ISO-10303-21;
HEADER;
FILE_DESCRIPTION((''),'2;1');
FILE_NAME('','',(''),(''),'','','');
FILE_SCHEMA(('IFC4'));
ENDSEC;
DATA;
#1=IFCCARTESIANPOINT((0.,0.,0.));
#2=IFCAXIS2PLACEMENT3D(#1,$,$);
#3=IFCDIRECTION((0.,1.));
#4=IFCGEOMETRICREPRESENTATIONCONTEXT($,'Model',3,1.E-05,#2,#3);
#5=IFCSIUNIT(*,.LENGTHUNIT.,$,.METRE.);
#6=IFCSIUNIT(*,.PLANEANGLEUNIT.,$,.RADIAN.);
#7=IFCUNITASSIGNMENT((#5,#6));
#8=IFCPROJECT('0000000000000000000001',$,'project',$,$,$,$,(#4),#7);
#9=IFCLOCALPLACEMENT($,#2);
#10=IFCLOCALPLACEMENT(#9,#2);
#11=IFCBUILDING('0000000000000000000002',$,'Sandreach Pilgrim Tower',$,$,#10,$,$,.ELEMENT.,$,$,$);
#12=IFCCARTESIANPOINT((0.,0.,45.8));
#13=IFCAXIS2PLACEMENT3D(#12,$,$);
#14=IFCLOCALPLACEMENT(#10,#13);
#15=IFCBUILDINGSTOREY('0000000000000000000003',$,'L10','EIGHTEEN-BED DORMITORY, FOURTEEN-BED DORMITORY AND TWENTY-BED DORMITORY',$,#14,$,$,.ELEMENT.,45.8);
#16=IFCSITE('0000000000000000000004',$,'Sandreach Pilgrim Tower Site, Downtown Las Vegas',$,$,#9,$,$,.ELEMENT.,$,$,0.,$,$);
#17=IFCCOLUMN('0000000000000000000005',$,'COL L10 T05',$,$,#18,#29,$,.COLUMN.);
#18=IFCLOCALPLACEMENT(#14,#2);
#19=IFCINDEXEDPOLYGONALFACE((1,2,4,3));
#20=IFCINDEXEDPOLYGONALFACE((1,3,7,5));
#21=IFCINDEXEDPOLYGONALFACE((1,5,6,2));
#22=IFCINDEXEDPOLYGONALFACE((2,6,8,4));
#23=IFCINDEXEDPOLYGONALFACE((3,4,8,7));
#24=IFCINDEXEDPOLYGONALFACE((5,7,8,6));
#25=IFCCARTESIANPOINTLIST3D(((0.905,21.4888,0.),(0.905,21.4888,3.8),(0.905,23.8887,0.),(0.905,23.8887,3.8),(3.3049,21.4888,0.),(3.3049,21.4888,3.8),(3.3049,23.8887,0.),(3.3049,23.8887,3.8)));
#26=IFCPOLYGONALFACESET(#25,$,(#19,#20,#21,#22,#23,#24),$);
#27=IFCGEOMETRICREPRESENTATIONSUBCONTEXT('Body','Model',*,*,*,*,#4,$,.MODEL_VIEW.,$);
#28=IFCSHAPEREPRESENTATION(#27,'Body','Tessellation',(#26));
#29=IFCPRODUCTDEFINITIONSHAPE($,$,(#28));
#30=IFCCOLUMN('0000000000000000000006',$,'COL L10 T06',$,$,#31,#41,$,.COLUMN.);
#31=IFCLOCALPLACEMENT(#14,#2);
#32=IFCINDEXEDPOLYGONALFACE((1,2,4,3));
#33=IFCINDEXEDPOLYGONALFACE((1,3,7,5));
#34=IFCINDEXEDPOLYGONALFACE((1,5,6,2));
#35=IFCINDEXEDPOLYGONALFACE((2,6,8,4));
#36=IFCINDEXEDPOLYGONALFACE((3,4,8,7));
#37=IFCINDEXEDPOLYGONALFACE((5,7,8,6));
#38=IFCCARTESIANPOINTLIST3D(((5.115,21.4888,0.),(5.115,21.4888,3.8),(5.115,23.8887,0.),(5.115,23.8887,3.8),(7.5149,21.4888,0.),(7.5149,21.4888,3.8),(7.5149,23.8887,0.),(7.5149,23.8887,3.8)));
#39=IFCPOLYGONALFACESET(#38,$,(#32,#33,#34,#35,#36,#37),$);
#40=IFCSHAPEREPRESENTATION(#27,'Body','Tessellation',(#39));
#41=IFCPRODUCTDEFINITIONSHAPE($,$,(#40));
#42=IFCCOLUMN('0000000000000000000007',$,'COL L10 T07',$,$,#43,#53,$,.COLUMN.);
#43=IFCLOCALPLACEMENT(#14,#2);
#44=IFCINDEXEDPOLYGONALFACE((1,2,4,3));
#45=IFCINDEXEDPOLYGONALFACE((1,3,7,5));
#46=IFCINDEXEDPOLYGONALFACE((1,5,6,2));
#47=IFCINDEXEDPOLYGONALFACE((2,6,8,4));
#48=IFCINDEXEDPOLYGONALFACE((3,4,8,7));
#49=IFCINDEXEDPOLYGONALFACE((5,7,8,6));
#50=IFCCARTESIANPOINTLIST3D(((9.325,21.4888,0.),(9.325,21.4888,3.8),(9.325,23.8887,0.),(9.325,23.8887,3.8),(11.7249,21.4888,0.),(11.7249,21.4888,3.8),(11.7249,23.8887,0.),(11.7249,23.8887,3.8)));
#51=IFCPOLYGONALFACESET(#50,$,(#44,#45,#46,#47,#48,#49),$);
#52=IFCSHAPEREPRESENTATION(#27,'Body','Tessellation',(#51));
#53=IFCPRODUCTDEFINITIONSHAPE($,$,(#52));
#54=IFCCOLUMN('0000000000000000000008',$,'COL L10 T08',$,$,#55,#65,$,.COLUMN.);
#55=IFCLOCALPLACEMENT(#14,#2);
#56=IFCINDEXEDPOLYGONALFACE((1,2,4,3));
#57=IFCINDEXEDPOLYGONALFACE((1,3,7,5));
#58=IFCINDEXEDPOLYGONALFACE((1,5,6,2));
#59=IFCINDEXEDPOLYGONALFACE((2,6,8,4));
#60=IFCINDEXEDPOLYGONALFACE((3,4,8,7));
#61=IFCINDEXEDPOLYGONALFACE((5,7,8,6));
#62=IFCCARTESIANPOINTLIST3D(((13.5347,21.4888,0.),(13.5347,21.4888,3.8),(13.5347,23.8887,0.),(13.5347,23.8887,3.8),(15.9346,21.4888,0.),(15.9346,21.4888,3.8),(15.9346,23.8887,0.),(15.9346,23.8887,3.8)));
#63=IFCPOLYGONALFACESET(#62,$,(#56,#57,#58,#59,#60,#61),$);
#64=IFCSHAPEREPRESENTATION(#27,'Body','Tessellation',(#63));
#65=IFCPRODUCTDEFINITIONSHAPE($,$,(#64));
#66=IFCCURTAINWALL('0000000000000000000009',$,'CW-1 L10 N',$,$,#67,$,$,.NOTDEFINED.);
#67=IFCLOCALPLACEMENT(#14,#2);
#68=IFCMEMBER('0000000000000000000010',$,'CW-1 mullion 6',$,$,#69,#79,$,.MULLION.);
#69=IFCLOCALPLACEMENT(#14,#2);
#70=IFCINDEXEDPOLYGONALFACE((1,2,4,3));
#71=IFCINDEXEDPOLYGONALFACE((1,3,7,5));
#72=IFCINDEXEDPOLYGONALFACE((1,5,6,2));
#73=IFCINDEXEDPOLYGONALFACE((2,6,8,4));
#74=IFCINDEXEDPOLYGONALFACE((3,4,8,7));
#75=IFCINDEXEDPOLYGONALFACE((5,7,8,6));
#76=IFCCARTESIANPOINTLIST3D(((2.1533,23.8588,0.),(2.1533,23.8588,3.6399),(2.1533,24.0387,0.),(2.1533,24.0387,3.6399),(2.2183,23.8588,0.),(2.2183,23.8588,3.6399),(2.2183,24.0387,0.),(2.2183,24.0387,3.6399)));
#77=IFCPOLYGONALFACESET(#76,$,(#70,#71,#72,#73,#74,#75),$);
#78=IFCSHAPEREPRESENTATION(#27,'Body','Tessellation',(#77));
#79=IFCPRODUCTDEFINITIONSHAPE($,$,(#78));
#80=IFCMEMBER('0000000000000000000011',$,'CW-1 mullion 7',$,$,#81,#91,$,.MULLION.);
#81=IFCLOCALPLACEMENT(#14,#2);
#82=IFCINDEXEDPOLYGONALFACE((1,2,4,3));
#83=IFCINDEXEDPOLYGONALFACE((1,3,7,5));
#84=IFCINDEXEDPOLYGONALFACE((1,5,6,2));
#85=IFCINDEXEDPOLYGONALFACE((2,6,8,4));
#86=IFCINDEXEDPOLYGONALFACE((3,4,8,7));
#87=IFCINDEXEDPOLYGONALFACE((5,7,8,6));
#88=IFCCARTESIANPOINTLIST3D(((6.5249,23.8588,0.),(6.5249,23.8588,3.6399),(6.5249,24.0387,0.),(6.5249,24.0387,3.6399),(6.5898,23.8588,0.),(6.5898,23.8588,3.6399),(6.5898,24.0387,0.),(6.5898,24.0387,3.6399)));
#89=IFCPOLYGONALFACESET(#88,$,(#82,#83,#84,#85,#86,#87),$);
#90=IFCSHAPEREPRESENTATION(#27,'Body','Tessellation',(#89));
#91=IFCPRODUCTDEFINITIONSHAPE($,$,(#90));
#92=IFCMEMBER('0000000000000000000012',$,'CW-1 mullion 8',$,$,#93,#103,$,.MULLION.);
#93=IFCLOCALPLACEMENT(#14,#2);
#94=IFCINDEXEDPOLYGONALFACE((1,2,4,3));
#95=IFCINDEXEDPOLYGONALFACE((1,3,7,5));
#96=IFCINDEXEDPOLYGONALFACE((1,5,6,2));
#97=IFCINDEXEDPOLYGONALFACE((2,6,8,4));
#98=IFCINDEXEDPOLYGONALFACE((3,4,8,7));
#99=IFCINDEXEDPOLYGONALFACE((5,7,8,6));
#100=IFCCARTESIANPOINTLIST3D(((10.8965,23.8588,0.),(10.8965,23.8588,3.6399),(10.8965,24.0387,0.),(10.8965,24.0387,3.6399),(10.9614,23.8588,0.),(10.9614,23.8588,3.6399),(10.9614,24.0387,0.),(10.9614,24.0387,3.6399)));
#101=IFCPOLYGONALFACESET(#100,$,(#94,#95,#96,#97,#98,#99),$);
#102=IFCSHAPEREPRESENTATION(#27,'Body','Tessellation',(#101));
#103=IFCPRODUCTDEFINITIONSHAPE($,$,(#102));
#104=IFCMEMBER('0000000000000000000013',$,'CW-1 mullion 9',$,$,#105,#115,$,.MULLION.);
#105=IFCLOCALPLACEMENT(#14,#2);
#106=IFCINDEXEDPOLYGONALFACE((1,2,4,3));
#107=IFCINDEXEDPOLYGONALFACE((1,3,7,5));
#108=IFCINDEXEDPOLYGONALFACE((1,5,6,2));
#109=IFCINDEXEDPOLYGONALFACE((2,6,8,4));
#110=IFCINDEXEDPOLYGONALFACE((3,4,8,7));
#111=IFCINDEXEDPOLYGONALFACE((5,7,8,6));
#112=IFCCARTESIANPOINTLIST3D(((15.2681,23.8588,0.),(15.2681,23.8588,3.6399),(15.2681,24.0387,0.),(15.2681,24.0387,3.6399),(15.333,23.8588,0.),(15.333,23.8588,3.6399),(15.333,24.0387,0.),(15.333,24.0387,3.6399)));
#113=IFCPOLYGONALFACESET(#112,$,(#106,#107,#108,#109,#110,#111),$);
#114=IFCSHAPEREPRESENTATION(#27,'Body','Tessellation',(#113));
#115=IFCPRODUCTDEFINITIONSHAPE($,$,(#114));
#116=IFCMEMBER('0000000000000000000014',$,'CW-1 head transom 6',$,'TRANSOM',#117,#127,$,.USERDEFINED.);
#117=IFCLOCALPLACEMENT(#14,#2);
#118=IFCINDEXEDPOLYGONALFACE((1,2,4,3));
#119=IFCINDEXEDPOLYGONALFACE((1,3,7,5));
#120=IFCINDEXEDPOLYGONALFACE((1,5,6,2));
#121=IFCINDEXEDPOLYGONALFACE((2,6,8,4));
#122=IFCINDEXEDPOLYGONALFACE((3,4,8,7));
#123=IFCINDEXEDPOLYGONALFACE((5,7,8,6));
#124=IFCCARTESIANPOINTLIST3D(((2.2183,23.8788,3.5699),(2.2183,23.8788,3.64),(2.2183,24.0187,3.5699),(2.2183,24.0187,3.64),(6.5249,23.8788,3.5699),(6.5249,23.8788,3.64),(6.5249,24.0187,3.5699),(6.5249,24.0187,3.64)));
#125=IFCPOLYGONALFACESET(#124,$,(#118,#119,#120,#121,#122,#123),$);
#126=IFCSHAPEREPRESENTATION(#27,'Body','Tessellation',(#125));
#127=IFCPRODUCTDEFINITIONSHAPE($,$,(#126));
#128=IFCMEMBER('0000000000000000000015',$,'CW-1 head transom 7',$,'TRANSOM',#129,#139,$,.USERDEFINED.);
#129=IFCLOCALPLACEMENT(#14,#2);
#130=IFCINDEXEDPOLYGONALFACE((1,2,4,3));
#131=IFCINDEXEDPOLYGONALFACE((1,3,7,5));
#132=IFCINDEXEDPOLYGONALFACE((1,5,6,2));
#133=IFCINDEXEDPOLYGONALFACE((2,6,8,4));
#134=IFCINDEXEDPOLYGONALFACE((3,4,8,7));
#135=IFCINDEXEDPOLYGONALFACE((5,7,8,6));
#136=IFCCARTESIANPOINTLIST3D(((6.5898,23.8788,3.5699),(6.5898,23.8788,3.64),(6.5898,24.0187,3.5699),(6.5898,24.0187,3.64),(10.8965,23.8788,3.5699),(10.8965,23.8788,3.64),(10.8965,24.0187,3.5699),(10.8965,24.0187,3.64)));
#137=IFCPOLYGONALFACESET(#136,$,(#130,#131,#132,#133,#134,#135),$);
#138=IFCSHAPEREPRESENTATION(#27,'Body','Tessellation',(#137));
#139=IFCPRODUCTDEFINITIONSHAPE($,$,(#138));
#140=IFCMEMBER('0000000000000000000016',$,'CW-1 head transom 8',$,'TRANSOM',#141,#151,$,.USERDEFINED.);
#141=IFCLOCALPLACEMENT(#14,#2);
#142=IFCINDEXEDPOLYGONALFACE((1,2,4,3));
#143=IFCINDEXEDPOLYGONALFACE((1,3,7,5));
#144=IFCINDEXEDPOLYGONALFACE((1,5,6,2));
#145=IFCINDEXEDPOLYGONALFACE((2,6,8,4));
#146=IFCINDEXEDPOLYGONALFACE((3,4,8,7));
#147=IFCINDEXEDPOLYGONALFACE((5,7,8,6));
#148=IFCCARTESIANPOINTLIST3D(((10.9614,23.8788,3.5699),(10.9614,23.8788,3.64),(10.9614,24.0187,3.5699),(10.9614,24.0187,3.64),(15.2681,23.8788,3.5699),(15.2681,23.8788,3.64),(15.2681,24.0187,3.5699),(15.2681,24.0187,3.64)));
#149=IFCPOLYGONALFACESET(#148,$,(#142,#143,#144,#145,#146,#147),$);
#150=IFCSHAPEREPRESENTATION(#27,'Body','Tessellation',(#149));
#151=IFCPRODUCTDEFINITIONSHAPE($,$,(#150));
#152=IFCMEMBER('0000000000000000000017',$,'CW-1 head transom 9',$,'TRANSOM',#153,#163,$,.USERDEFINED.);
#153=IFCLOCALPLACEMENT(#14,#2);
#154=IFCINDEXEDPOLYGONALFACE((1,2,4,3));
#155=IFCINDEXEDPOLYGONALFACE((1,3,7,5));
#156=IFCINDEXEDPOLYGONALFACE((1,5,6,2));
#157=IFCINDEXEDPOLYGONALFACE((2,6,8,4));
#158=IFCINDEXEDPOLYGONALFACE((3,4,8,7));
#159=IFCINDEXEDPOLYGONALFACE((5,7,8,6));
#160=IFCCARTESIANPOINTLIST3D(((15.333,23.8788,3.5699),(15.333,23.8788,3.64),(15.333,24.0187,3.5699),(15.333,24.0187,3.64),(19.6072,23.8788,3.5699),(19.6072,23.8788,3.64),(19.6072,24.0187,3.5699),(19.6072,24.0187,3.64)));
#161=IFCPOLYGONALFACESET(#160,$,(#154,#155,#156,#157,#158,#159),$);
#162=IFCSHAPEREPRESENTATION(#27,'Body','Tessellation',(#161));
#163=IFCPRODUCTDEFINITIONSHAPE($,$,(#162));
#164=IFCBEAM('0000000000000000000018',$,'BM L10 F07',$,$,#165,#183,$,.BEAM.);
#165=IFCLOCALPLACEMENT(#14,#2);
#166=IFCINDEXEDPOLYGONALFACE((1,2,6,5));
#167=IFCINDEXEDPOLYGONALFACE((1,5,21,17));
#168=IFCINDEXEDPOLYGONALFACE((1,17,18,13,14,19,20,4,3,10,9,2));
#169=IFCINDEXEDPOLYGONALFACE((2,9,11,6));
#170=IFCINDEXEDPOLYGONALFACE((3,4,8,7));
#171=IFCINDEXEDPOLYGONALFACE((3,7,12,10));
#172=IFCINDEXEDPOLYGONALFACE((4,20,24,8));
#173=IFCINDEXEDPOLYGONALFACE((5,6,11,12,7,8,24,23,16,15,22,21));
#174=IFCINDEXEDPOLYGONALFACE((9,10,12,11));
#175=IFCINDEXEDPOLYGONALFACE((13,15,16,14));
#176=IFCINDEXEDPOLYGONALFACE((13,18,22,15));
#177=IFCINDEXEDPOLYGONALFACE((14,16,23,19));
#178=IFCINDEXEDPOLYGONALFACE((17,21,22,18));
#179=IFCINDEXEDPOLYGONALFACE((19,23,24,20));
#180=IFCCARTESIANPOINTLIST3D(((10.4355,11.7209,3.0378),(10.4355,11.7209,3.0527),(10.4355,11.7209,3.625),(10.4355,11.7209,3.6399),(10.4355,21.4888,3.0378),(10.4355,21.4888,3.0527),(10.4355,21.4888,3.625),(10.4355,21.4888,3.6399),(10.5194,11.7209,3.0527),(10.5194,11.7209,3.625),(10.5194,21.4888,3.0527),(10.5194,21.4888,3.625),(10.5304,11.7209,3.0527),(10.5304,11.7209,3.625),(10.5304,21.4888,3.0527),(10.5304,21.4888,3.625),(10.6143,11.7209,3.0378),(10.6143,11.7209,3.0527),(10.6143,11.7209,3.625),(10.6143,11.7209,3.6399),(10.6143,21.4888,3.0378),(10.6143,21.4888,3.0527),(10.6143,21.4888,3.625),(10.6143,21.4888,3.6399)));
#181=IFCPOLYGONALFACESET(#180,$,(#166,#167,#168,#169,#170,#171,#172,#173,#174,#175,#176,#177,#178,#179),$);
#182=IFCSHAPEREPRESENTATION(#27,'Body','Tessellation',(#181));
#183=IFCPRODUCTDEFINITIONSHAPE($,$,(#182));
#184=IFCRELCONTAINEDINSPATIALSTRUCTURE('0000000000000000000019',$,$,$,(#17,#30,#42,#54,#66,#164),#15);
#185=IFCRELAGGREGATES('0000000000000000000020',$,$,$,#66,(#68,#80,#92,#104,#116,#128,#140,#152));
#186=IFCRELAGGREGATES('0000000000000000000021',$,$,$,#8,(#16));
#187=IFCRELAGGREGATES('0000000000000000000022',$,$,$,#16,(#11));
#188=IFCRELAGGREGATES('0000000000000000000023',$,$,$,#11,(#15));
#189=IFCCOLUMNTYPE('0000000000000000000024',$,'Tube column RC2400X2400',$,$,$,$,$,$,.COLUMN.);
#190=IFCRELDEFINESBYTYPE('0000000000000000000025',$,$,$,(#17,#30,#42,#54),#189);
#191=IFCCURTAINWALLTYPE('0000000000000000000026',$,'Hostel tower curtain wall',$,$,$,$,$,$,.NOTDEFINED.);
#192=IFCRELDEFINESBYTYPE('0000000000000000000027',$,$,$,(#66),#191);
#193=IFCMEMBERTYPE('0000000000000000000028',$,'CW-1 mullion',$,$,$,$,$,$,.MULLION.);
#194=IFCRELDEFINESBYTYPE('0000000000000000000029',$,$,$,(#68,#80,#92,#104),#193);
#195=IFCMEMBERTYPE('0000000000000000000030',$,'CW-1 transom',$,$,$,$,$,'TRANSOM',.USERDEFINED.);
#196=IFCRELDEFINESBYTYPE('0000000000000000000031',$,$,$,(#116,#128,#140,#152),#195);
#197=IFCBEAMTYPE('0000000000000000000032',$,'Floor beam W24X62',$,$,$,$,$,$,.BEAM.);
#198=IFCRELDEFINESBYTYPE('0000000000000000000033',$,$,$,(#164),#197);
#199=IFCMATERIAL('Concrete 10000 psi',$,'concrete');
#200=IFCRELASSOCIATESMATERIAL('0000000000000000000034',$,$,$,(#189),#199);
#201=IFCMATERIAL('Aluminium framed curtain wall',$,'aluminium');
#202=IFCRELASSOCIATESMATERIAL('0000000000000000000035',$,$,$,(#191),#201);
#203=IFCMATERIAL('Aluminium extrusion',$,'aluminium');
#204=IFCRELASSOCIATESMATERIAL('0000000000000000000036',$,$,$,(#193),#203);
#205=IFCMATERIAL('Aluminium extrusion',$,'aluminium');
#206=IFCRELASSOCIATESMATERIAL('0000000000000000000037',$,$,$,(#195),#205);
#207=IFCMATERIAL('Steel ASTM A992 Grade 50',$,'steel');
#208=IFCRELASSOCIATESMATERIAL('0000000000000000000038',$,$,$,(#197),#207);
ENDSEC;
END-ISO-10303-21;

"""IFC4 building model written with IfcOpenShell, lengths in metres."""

from ifc_helpers import new_model, si_unit, direction, frame, origin, origin_2d, place, context, subcontext, project, spatial, rectangle, i_section, extrude, material, material_profile, profile_set, type_object, element, aggregate, save


model = new_model("IFC4")

# Units and contexts
model_context = context("Model", 3, precision=1e-05, world=origin(), true_north=direction((0.0, 1.0)))
body_context = subcontext(model_context, "Body", "Model", "MODEL_VIEW")
ifc_project = project(units=[si_unit("LENGTHUNIT", "METRE"), si_unit("PLANEANGLEUNIT", "RADIAN")], contexts=[model_context])

# Site, building, storey
site_placement = place(None, origin())
site = spatial("IfcSite", under=ifc_project, at=site_placement, Name="Sandreach Pilgrim Tower Site, Downtown Las Vegas", CompositionType="ELEMENT", RefElevation=0.0)
building_placement = place(site_placement, origin())
building = spatial("IfcBuilding", under=site, at=building_placement, Name="Sandreach Pilgrim Tower", CompositionType="ELEMENT")
storey_placement = place(building_placement, frame((0.0, 0.0, 45.8)))
storey = spatial("IfcBuildingStorey", under=building, at=storey_placement, Name="L10", Description="EIGHTEEN-BED DORMITORY, FOURTEEN-BED DORMITORY AND TWENTY-BED DORMITORY", CompositionType="ELEMENT", Elevation=45.8)

# Columns
ifc_material_1 = material(Name="Concrete 10000 psi", Category="concrete")
ifc_material_profile_1 = material_profile(ifc_material_1, rectangle(XDim=2.3999, YDim=2.3999, at=origin_2d()), Name="RC2400X2400")
ifc_profile_set_1 = profile_set([ifc_material_profile_1], Name="Concrete 10000 psi")
column_type = type_object("IfcColumnType", Name="Tube column RC2400X2400", PredefinedType="COLUMN", material=ifc_profile_set_1)
for number, where, z_axis, x_axis, name in (
    (1, (2.105, 22.6887, 0.0), (0.0, 0.0, 1.0), (0.0, 1.0, 0.0), "COL L10 T05"),
    (2, (6.3149, 22.6887, 0.0), (0.0, 0.0, 1.0), (0.0, 1.0, 0.0), "COL L10 T06"),
    (3, (10.5249, 22.6887, 0.0), (0.0, 0.0, 1.0), (0.0, 1.0, 0.0), "COL L10 T07"),
    (4, (14.7346, 22.6887, 0.0), (0.0, 0.0, 1.0), (0.0, 1.0, 0.0), "COL L10 T08"),
):
    element("IfcColumn", number, at=place(storey_placement, frame(where, z_axis=z_axis, x_axis=x_axis)), inside=storey, type_object=column_type, Name=name, PredefinedType="COLUMN", context=body_context, shape_type="SweptSolid", body=[
        extrude(rectangle(XDim=2.3999, YDim=2.3999, at=origin_2d()), origin(), (0.0, 0.0, 1.0), 3.8),
    ])

# Curtain wall, members
ifc_material_2 = material(Name="Aluminium framed curtain wall", Category="aluminium")
curtain_wall_type = type_object("IfcCurtainWallType", Name="Hostel tower curtain wall", PredefinedType="NOTDEFINED", material=ifc_material_2)
curtain_wall_placement = place(storey_placement, origin())
curtain_wall = element("IfcCurtainWall", 5, at=curtain_wall_placement, inside=storey, type_object=curtain_wall_type, Name="CW-1 L10 N", PredefinedType="NOTDEFINED")
ifc_material_3 = material(Name="Aluminium extrusion", Category="aluminium")
ifc_material_profile_2 = material_profile(ifc_material_3, rectangle(XDim=0.0649, YDim=0.1799, at=origin_2d()), Name="CW-1M 65X180")
ifc_profile_set_2 = profile_set([ifc_material_profile_2], Name="Aluminium extrusion")
member_type_1 = type_object("IfcMemberType", Name="CW-1 mullion", PredefinedType="MULLION", material=ifc_profile_set_2)
member_1_placement = place(storey_placement, frame((2.1858, 23.9487, 0.0), z_axis=(0.0, 0.0, 1.0), x_axis=(1.0, 0.0, 0.0)))
member_1 = element("IfcMember", 6, at=member_1_placement, type_object=member_type_1, Name="CW-1 mullion 6", PredefinedType="MULLION", context=body_context, shape_type="SweptSolid", body=[
    extrude(rectangle(XDim=0.0649, YDim=0.1799, at=origin_2d()), origin(), (0.0, 0.0, 1.0), 3.6399),
])
member_2_placement = place(storey_placement, frame((6.5574, 23.9487, 0.0), z_axis=(0.0, 0.0, 1.0), x_axis=(1.0, 0.0, 0.0)))
member_2 = element("IfcMember", 7, at=member_2_placement, type_object=member_type_1, Name="CW-1 mullion 7", PredefinedType="MULLION", context=body_context, shape_type="SweptSolid", body=[
    extrude(rectangle(XDim=0.0649, YDim=0.1799, at=origin_2d()), origin(), (0.0, 0.0, 1.0), 3.6399),
])
member_3_placement = place(storey_placement, frame((10.929, 23.9487, 0.0), z_axis=(0.0, 0.0, 1.0), x_axis=(1.0, 0.0, 0.0)))
member_3 = element("IfcMember", 8, at=member_3_placement, type_object=member_type_1, Name="CW-1 mullion 8", PredefinedType="MULLION", context=body_context, shape_type="SweptSolid", body=[
    extrude(rectangle(XDim=0.0649, YDim=0.1799, at=origin_2d()), origin(), (0.0, 0.0, 1.0), 3.6399),
])
member_4_placement = place(storey_placement, frame((15.3005, 23.9487, 0.0), z_axis=(0.0, 0.0, 1.0), x_axis=(1.0, 0.0, 0.0)))
member_4 = element("IfcMember", 9, at=member_4_placement, type_object=member_type_1, Name="CW-1 mullion 9", PredefinedType="MULLION", context=body_context, shape_type="SweptSolid", body=[
    extrude(rectangle(XDim=0.0649, YDim=0.1799, at=origin_2d()), origin(), (0.0, 0.0, 1.0), 3.6399),
])
ifc_material_4 = material(Name="Aluminium extrusion", Category="aluminium")
ifc_material_profile_3 = material_profile(ifc_material_4, rectangle(XDim=0.1399, YDim=0.0701, at=origin_2d()), Name="CW-1T 140X70")
ifc_profile_set_3 = profile_set([ifc_material_profile_3], Name="Aluminium extrusion")
member_type_2 = type_object("IfcMemberType", Name="CW-1 transom", ElementType="TRANSOM", PredefinedType="USERDEFINED", material=ifc_profile_set_3)
member_5_placement = place(storey_placement, frame((2.2183, 23.9487, 3.605), z_axis=(1.0, 0.0, 0.0), x_axis=(0.0, 1.0, 0.0)))
member_5 = element("IfcMember", 10, at=member_5_placement, type_object=member_type_2, Name="CW-1 head transom 6", ObjectType="TRANSOM", PredefinedType="USERDEFINED", context=body_context, shape_type="SweptSolid", body=[
    extrude(rectangle(XDim=0.1399, YDim=0.0701, at=origin_2d()), origin(), (0.0, 0.0, 1.0), 4.3066),
])
member_6_placement = place(storey_placement, frame((6.5898, 23.9487, 3.605), z_axis=(1.0, 0.0, 0.0), x_axis=(0.0, 1.0, 0.0)))
member_6 = element("IfcMember", 11, at=member_6_placement, type_object=member_type_2, Name="CW-1 head transom 7", ObjectType="TRANSOM", PredefinedType="USERDEFINED", context=body_context, shape_type="SweptSolid", body=[
    extrude(rectangle(XDim=0.1399, YDim=0.0701, at=origin_2d()), origin(), (0.0, 0.0, 1.0), 4.3066),
])
member_7_placement = place(storey_placement, frame((10.9614, 23.9487, 3.605), z_axis=(1.0, 0.0, 0.0), x_axis=(0.0, 1.0, 0.0)))
member_7 = element("IfcMember", 12, at=member_7_placement, type_object=member_type_2, Name="CW-1 head transom 8", ObjectType="TRANSOM", PredefinedType="USERDEFINED", context=body_context, shape_type="SweptSolid", body=[
    extrude(rectangle(XDim=0.1399, YDim=0.0701, at=origin_2d()), origin(), (0.0, 0.0, 1.0), 4.3066),
])
member_8_placement = place(storey_placement, frame((15.333, 23.9487, 3.605), z_axis=(1.0, 0.0, 0.0), x_axis=(0.0, 1.0, 0.0)))
member_8 = element("IfcMember", 13, at=member_8_placement, type_object=member_type_2, Name="CW-1 head transom 9", ObjectType="TRANSOM", PredefinedType="USERDEFINED", context=body_context, shape_type="SweptSolid", body=[
    extrude(rectangle(XDim=0.1399, YDim=0.0701, at=origin_2d()), origin(), (0.0, 0.0, 1.0), 4.2742),
])

# Beam
ifc_material_5 = material(Name="Steel ASTM A992 Grade 50", Category="steel")
ifc_material_profile_4 = material_profile(ifc_material_5, i_section(OverallWidth=0.1787, OverallDepth=0.6021, WebThickness=0.011, FlangeThickness=0.0149, at=origin_2d()), Name="W24X62")
ifc_profile_set_4 = profile_set([ifc_material_profile_4], Name="Steel ASTM A992 Grade 50")
beam_type_1 = type_object("IfcBeamType", Name="Floor beam W24X62", PredefinedType="BEAM", material=ifc_profile_set_4)
beam_1_placement = place(storey_placement, frame((10.5249, 21.4888, 3.3389), z_axis=(0.0, -1.0, 0.0), x_axis=(1.0, 0.0, 0.0)))
element("IfcBeam", 14, at=beam_1_placement, inside=storey, type_object=beam_type_1, Name="BM L10 F07", PredefinedType="BEAM", context=body_context, shape_type="SweptSolid", body=[
    extrude(i_section(OverallWidth=0.1787, OverallDepth=0.6021, WebThickness=0.011, FlangeThickness=0.0149, at=origin_2d()), origin(), (0.0, 0.0, 1.0), 9.7678),
])

aggregate(curtain_wall, [member_1, member_2, member_3, member_4, member_5, member_6, member_7, member_8])

save(model, "model.ifc")
